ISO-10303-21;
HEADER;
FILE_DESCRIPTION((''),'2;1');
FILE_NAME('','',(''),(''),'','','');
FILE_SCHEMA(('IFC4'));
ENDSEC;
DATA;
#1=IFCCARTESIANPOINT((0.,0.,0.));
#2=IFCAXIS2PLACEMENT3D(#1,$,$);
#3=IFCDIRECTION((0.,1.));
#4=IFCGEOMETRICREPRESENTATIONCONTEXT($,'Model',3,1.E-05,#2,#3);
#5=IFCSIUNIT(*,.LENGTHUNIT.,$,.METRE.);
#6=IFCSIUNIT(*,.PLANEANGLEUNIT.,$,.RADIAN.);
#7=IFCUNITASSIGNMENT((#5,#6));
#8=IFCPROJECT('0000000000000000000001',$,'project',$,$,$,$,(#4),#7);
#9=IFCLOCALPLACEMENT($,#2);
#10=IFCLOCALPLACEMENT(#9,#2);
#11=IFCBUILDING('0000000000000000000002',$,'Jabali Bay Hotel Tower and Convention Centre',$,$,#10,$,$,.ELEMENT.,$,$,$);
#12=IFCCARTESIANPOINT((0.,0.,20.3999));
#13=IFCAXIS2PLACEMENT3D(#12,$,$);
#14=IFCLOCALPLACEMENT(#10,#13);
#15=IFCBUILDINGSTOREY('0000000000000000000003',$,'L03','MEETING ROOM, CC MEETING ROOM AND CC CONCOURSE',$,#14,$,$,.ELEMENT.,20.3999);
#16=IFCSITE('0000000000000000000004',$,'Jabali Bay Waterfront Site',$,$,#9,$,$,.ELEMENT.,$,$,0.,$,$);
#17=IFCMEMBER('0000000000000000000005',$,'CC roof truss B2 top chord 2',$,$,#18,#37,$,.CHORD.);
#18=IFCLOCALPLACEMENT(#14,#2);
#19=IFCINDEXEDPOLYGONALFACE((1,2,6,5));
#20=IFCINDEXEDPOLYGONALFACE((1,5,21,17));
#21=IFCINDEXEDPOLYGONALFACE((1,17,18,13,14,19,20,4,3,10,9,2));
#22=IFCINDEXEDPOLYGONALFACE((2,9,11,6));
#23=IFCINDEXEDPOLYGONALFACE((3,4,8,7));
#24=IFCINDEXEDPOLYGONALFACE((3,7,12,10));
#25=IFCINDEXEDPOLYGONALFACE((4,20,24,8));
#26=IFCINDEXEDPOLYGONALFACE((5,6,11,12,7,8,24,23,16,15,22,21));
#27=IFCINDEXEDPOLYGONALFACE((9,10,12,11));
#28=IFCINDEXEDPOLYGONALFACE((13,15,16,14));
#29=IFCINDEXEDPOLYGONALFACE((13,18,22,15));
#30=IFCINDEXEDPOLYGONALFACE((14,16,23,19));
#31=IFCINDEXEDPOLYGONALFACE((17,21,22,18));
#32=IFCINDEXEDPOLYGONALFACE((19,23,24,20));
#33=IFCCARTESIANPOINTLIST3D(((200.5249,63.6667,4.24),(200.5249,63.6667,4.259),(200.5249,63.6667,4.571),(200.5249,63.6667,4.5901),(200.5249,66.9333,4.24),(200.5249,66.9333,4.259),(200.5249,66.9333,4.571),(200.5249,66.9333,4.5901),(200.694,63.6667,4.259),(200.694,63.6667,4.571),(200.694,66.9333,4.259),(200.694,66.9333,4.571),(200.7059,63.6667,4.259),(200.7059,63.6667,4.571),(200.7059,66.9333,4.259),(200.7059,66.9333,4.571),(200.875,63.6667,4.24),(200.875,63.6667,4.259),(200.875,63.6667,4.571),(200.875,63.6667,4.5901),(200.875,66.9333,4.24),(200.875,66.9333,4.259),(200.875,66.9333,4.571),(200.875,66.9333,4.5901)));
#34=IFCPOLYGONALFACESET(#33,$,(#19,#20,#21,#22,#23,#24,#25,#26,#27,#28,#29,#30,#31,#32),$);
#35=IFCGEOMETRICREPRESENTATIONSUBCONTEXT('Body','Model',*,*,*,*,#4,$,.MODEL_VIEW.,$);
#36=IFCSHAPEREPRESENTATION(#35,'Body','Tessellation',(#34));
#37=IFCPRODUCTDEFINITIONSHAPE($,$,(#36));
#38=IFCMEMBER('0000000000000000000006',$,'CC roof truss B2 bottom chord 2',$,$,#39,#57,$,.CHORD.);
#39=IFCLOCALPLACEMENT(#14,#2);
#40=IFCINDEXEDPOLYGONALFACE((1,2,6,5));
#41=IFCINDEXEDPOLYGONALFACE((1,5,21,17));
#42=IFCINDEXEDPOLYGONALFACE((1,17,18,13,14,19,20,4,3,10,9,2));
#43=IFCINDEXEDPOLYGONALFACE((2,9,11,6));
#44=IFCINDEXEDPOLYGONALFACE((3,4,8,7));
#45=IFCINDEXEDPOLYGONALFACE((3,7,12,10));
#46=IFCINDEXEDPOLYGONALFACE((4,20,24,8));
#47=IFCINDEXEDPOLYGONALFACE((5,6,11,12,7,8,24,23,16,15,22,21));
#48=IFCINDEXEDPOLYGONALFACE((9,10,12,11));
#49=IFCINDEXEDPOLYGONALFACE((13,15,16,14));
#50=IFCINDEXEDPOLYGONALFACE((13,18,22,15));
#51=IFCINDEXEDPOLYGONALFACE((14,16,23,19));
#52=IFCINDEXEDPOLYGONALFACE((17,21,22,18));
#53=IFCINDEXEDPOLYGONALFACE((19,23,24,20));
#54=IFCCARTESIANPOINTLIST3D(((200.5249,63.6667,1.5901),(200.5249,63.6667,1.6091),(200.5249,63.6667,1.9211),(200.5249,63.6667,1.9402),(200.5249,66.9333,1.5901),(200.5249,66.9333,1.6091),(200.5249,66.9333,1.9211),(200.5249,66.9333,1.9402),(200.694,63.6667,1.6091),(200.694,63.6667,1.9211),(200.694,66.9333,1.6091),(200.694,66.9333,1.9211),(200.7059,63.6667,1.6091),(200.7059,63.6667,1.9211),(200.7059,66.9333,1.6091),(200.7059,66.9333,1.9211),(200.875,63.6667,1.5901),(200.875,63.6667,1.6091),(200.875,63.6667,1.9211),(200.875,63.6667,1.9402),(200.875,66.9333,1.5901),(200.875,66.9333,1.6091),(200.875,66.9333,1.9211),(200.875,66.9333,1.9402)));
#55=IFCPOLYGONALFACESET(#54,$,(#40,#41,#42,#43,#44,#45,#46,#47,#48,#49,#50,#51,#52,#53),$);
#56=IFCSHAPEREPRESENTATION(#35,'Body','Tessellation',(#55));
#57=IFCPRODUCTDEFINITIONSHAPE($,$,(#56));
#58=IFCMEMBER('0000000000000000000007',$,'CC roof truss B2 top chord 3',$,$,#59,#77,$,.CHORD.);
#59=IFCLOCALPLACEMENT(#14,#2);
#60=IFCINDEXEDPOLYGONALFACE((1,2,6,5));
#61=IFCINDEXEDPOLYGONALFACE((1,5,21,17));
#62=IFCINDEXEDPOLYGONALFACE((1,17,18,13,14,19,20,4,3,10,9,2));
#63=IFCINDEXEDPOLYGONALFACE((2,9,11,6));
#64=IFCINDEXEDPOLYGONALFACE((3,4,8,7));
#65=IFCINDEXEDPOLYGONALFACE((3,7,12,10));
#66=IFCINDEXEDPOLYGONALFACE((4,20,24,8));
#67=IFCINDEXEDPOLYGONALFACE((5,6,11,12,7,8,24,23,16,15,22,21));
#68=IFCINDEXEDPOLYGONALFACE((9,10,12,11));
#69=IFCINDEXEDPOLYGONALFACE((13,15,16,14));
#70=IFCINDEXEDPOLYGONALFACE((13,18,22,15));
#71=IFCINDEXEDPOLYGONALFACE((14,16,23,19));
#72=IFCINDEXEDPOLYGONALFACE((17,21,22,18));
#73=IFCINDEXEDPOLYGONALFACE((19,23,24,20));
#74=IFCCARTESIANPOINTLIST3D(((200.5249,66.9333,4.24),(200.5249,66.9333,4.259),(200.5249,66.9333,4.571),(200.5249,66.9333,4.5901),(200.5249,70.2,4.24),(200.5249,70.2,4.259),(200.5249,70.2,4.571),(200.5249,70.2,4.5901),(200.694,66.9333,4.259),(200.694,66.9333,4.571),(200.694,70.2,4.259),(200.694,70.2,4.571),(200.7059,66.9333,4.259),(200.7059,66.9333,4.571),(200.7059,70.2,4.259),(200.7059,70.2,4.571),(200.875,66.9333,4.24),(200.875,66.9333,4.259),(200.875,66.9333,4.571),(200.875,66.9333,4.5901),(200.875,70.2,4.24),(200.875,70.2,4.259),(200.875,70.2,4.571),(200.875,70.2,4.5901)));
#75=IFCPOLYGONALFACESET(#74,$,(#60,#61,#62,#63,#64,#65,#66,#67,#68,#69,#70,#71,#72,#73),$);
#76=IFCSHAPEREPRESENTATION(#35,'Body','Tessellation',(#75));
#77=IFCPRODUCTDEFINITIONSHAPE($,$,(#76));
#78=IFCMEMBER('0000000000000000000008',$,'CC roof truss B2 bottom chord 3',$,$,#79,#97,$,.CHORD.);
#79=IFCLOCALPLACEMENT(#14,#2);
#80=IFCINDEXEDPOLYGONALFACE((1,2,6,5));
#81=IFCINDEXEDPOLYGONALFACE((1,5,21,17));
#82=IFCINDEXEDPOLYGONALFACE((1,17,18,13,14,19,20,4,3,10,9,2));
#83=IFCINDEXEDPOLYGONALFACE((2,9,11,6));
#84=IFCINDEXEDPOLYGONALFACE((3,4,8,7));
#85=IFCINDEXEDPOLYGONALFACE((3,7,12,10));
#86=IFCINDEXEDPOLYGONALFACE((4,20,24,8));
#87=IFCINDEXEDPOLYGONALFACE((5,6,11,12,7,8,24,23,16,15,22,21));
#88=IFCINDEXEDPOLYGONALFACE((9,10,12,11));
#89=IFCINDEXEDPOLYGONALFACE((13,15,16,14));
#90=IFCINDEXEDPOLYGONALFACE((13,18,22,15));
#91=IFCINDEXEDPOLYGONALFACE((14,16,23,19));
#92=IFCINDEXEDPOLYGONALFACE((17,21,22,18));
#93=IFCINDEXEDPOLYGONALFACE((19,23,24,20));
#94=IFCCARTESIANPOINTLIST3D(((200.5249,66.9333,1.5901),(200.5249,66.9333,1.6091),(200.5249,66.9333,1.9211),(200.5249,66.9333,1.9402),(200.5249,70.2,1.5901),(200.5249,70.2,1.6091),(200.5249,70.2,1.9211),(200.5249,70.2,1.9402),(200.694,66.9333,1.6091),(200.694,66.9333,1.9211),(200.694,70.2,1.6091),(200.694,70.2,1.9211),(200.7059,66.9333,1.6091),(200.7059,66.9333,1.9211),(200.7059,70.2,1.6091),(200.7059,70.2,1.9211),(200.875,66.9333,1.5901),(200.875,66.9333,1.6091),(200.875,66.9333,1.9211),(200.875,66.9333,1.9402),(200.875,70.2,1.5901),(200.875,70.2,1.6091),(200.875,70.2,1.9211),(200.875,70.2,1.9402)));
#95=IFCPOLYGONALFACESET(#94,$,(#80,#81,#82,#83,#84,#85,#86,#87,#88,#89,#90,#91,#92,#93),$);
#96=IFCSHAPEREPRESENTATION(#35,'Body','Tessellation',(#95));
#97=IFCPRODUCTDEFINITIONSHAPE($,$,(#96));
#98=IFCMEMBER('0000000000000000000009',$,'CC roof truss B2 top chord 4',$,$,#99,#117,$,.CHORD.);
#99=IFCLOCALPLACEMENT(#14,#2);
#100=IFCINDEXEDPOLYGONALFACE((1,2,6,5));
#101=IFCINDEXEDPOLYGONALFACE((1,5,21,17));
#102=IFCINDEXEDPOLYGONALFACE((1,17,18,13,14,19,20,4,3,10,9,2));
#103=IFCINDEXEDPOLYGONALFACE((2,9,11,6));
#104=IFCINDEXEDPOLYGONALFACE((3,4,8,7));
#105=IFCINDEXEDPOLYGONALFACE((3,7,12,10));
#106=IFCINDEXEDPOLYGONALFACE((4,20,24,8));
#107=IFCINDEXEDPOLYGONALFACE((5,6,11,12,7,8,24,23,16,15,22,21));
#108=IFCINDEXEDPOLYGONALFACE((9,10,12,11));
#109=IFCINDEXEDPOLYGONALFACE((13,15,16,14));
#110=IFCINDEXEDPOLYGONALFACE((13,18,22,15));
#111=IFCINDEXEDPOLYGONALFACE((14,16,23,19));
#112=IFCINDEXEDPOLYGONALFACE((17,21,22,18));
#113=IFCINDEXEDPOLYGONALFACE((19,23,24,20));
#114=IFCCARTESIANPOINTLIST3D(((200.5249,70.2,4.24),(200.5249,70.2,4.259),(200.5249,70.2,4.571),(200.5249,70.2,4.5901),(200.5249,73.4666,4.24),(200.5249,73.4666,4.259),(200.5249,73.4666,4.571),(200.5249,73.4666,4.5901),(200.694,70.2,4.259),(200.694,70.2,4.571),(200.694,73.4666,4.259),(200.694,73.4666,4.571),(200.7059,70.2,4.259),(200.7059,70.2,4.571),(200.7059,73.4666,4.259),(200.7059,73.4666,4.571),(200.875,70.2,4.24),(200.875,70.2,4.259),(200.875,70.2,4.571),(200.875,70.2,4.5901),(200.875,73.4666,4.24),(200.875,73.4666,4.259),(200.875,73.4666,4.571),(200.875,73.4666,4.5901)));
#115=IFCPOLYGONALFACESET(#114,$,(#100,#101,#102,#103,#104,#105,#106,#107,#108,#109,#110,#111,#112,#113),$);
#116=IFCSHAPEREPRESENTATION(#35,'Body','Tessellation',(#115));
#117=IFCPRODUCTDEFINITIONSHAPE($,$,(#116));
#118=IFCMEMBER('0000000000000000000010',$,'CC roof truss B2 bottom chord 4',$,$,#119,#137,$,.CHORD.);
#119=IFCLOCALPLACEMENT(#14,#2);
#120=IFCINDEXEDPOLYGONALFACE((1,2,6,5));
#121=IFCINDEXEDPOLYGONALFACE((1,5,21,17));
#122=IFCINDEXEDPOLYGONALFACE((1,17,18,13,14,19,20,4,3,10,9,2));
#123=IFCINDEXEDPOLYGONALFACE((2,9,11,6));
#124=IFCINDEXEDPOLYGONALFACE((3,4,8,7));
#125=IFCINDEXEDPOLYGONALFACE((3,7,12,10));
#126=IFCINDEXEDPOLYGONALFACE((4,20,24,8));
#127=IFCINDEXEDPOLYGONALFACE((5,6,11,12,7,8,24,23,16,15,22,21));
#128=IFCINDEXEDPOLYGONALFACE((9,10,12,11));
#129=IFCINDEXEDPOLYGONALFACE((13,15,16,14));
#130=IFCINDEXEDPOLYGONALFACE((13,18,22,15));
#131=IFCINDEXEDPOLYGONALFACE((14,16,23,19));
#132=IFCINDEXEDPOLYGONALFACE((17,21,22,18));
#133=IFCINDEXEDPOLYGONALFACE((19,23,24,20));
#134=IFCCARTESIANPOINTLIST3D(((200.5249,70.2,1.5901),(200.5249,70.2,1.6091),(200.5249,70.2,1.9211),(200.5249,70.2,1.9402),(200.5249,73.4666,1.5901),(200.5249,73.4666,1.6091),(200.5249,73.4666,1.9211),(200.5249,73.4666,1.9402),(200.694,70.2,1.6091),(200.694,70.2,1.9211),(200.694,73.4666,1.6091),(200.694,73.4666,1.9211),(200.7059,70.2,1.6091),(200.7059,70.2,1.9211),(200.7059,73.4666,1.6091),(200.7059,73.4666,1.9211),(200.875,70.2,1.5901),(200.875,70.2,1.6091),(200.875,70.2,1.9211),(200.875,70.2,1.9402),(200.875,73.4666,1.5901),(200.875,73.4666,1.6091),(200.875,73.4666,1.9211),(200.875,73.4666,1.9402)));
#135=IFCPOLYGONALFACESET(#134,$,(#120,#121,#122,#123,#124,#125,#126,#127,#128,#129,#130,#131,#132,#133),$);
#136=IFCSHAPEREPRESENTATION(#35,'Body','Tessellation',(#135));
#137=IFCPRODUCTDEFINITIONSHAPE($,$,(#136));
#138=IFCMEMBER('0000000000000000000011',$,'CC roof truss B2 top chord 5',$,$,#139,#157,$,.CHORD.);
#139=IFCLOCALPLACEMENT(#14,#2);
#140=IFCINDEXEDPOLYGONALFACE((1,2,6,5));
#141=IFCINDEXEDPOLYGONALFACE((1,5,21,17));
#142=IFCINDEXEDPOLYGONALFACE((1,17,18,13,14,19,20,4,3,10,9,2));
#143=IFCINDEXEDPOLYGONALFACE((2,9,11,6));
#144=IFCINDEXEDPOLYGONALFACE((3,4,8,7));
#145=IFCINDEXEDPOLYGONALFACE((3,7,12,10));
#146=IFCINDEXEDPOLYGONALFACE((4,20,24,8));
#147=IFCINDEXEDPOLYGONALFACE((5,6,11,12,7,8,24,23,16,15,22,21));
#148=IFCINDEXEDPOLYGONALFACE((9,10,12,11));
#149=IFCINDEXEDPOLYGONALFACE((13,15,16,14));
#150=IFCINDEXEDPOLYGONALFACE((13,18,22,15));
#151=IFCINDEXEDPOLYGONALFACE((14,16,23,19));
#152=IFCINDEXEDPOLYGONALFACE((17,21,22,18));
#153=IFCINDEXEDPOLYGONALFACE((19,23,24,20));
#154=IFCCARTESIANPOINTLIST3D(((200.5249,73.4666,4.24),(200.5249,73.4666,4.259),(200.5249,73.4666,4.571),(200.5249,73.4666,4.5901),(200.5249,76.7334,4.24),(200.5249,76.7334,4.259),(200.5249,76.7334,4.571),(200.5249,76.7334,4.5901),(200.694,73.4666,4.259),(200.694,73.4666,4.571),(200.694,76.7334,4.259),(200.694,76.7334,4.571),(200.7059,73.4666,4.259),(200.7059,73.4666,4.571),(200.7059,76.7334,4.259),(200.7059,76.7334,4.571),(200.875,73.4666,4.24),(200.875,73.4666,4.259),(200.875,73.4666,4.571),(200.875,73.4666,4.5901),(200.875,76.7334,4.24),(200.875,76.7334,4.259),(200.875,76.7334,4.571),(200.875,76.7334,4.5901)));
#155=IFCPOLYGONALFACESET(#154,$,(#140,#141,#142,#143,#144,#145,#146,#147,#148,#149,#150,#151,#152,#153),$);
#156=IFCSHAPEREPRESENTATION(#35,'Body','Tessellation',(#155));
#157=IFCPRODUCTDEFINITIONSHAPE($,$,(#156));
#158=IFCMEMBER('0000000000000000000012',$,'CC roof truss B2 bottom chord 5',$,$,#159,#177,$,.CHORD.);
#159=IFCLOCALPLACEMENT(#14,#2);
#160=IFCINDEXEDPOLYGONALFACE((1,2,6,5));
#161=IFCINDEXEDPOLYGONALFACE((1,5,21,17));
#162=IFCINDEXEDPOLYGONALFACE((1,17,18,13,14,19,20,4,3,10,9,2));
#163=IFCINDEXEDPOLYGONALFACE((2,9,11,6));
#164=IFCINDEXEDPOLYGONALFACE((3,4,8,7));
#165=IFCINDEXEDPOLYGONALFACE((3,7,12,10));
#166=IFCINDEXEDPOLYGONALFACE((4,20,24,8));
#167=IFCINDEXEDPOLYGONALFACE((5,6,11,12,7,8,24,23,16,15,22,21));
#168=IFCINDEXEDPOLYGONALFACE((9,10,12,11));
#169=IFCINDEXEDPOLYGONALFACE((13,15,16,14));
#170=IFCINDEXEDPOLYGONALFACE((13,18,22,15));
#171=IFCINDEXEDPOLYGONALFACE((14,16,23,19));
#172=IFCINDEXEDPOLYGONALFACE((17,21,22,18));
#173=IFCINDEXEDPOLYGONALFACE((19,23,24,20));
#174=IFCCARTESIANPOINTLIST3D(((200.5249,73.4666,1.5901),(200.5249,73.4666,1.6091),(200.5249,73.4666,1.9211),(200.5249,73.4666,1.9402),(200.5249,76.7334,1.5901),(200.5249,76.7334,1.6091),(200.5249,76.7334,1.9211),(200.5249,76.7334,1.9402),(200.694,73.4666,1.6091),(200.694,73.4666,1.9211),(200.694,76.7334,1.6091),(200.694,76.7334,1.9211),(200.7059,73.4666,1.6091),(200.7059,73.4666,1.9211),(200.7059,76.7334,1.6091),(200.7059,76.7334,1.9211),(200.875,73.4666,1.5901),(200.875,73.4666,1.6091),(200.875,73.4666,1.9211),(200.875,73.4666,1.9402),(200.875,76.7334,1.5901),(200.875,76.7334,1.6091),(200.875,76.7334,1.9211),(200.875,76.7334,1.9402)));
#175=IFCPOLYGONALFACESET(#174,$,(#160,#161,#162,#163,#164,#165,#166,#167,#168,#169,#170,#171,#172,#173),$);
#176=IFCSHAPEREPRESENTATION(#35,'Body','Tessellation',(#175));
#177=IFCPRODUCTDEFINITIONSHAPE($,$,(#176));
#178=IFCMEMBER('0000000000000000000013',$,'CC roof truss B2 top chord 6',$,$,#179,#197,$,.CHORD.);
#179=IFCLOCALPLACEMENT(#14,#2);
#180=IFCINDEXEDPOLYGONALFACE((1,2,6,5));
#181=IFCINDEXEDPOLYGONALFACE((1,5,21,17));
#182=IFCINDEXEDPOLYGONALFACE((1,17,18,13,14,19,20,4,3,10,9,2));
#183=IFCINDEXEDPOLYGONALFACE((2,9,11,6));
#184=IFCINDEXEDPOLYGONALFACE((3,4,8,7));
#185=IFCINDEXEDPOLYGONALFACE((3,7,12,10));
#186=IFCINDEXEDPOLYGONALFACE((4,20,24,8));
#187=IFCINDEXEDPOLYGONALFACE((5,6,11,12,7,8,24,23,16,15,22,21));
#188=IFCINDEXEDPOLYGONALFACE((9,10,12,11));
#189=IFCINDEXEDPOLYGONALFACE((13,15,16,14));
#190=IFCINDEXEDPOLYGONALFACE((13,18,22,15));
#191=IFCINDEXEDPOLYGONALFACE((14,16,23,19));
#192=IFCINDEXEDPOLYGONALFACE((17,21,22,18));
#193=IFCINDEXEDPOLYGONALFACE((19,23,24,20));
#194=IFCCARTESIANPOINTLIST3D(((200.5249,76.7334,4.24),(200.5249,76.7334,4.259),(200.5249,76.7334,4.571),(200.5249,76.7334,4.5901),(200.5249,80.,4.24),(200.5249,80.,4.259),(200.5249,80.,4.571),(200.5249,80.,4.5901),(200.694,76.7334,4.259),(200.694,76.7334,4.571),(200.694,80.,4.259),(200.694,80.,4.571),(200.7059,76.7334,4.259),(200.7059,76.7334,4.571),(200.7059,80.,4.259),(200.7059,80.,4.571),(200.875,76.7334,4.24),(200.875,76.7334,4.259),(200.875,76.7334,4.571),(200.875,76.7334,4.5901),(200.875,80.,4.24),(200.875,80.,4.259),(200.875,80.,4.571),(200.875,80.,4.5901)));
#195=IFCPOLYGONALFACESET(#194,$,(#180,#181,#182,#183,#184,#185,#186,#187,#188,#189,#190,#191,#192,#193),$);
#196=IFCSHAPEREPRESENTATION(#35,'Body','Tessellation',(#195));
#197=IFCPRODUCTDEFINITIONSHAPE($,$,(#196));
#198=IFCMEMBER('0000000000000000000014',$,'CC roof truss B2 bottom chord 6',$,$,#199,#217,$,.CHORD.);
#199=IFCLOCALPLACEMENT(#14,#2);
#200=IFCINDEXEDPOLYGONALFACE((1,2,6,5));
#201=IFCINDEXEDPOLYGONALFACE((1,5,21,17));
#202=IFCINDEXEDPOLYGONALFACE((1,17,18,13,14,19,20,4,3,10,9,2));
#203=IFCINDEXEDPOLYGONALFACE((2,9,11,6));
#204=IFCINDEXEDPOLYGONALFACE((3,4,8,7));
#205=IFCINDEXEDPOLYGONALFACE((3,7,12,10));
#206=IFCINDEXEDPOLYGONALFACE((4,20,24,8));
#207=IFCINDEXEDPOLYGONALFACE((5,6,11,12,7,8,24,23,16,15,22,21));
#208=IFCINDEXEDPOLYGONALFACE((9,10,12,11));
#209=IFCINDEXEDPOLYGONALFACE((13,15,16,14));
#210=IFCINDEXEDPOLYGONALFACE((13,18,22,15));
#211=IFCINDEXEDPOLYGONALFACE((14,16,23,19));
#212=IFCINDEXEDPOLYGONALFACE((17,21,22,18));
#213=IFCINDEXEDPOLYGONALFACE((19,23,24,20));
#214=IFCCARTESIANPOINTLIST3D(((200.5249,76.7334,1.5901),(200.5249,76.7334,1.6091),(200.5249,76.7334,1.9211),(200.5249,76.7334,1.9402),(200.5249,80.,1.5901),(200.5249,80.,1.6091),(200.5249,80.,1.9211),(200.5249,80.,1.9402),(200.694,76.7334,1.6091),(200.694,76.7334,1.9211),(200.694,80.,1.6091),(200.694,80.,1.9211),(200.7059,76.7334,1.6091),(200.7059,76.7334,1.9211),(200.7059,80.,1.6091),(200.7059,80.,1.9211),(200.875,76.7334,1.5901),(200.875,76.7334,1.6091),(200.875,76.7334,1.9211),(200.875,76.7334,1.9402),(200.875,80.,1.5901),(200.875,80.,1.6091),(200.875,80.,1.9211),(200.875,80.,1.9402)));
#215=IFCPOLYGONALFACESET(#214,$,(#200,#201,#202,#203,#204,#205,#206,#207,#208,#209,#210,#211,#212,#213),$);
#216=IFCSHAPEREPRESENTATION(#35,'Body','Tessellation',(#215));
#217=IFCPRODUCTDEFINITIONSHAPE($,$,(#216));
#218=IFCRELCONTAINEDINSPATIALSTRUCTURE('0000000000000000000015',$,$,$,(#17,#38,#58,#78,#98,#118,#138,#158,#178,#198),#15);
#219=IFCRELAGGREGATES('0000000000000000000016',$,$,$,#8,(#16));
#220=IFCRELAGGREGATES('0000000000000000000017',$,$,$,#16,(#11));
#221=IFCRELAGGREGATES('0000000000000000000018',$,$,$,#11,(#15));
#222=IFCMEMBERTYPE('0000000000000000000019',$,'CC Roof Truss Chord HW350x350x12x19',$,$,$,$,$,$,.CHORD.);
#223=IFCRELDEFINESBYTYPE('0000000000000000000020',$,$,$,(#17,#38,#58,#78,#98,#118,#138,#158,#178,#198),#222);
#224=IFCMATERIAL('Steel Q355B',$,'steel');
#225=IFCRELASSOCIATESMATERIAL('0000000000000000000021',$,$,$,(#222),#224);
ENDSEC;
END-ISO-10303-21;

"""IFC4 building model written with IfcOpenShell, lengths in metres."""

from ifc_helpers import new_model, si_unit, direction, frame, origin, origin_2d, place, context, subcontext, project, spatial, i_section, extrude, material, material_profile, profile_set, type_object, element, save


model = new_model("IFC4")

# Units and contexts
model_context = context("Model", 3, precision=1e-05, world=origin(), true_north=direction((0.0, 1.0)))
body_context = subcontext(model_context, "Body", "Model", "MODEL_VIEW")
ifc_project = project(units=[si_unit("LENGTHUNIT", "METRE"), si_unit("PLANEANGLEUNIT", "RADIAN")], contexts=[model_context])

# Site, building, storey
site_placement = place(None, origin())
site = spatial("IfcSite", under=ifc_project, at=site_placement, Name="Jabali Bay Waterfront Site", CompositionType="ELEMENT", RefElevation=0.0)
building_placement = place(site_placement, origin())
building = spatial("IfcBuilding", under=site, at=building_placement, Name="Jabali Bay Hotel Tower and Convention Centre", CompositionType="ELEMENT")
storey_placement = place(building_placement, frame((0.0, 0.0, 20.3999)))
storey = spatial("IfcBuildingStorey", under=building, at=storey_placement, Name="L03", Description="MEETING ROOM, CC MEETING ROOM AND CC CONCOURSE", CompositionType="ELEMENT", Elevation=20.3999)

# Members
ifc_material = material(Name="Steel Q355B", Category="steel")
ifc_material_profile_1 = material_profile(ifc_material, i_section(OverallWidth=0.3501, OverallDepth=0.3501, WebThickness=0.012, FlangeThickness=0.019, at=origin_2d()), Name="HW350x350x12x19")
ifc_profile_set_1 = profile_set([ifc_material_profile_1], Name="Steel Q355B")
member_type_1 = type_object("IfcMemberType", Name="CC Roof Truss Chord HW350x350x12x19", PredefinedType="CHORD", material=ifc_profile_set_1)
for number, where, z_axis, x_axis, name in (
    (1, (200.7, 63.6667, 4.415), (0.0, 1.0, 0.0), (-1.0, 0.0, 0.0), "CC roof truss B2 top chord 2"),
    (2, (200.7, 63.6667, 1.7651), (0.0, 1.0, 0.0), (-1.0, 0.0, 0.0), "CC roof truss B2 bottom chord 2"),
    (3, (200.7, 66.9333, 4.415), (0.0, 1.0, 0.0), (-1.0, 0.0, 0.0), "CC roof truss B2 top chord 3"),
    (4, (200.7, 66.9333, 1.7651), (0.0, 1.0, 0.0), (-1.0, 0.0, 0.0), "CC roof truss B2 bottom chord 3"),
    (5, (200.7, 70.2, 4.415), (0.0, 1.0, 0.0), (-1.0, 0.0, 0.0), "CC roof truss B2 top chord 4"),
    (6, (200.7, 70.2, 1.7651), (0.0, 1.0, 0.0), (-1.0, 0.0, 0.0), "CC roof truss B2 bottom chord 4"),
):
    element("IfcMember", number, at=place(storey_placement, frame(where, z_axis=z_axis, x_axis=x_axis)), inside=storey, type_object=member_type_1, Name=name, PredefinedType="CHORD", context=body_context, shape_type="SweptSolid", body=[
        extrude(i_section(OverallWidth=0.3501, OverallDepth=0.3501, WebThickness=0.012, FlangeThickness=0.019, at=origin_2d()), origin(), (0.0, 0.0, 1.0), 3.2666),
    ])
for number, where, z_axis, x_axis, name in (
    (7, (200.7, 73.4666, 4.415), (0.0, 1.0, 0.0), (-1.0, 0.0, 0.0), "CC roof truss B2 top chord 5"),
    (8, (200.7, 73.4666, 1.7651), (0.0, 1.0, 0.0), (-1.0, 0.0, 0.0), "CC roof truss B2 bottom chord 5"),
):
    element("IfcMember", number, at=place(storey_placement, frame(where, z_axis=z_axis, x_axis=x_axis)), inside=storey, type_object=member_type_1, Name=name, PredefinedType="CHORD", context=body_context, shape_type="SweptSolid", body=[
        extrude(i_section(OverallWidth=0.3501, OverallDepth=0.3501, WebThickness=0.012, FlangeThickness=0.019, at=origin_2d()), origin(), (0.0, 0.0, 1.0), 3.2668),
    ])
for number, where, z_axis, x_axis, name in (
    (9, (200.7, 76.7334, 4.415), (0.0, 1.0, 0.0), (-1.0, 0.0, 0.0), "CC roof truss B2 top chord 6"),
    (10, (200.7, 76.7334, 1.7651), (0.0, 1.0, 0.0), (-1.0, 0.0, 0.0), "CC roof truss B2 bottom chord 6"),
):
    element("IfcMember", number, at=place(storey_placement, frame(where, z_axis=z_axis, x_axis=x_axis)), inside=storey, type_object=member_type_1, Name=name, PredefinedType="CHORD", context=body_context, shape_type="SweptSolid", body=[
        extrude(i_section(OverallWidth=0.3501, OverallDepth=0.3501, WebThickness=0.012, FlangeThickness=0.019, at=origin_2d()), origin(), (0.0, 0.0, 1.0), 3.2666),
    ])

save(model, "model.ifc")
